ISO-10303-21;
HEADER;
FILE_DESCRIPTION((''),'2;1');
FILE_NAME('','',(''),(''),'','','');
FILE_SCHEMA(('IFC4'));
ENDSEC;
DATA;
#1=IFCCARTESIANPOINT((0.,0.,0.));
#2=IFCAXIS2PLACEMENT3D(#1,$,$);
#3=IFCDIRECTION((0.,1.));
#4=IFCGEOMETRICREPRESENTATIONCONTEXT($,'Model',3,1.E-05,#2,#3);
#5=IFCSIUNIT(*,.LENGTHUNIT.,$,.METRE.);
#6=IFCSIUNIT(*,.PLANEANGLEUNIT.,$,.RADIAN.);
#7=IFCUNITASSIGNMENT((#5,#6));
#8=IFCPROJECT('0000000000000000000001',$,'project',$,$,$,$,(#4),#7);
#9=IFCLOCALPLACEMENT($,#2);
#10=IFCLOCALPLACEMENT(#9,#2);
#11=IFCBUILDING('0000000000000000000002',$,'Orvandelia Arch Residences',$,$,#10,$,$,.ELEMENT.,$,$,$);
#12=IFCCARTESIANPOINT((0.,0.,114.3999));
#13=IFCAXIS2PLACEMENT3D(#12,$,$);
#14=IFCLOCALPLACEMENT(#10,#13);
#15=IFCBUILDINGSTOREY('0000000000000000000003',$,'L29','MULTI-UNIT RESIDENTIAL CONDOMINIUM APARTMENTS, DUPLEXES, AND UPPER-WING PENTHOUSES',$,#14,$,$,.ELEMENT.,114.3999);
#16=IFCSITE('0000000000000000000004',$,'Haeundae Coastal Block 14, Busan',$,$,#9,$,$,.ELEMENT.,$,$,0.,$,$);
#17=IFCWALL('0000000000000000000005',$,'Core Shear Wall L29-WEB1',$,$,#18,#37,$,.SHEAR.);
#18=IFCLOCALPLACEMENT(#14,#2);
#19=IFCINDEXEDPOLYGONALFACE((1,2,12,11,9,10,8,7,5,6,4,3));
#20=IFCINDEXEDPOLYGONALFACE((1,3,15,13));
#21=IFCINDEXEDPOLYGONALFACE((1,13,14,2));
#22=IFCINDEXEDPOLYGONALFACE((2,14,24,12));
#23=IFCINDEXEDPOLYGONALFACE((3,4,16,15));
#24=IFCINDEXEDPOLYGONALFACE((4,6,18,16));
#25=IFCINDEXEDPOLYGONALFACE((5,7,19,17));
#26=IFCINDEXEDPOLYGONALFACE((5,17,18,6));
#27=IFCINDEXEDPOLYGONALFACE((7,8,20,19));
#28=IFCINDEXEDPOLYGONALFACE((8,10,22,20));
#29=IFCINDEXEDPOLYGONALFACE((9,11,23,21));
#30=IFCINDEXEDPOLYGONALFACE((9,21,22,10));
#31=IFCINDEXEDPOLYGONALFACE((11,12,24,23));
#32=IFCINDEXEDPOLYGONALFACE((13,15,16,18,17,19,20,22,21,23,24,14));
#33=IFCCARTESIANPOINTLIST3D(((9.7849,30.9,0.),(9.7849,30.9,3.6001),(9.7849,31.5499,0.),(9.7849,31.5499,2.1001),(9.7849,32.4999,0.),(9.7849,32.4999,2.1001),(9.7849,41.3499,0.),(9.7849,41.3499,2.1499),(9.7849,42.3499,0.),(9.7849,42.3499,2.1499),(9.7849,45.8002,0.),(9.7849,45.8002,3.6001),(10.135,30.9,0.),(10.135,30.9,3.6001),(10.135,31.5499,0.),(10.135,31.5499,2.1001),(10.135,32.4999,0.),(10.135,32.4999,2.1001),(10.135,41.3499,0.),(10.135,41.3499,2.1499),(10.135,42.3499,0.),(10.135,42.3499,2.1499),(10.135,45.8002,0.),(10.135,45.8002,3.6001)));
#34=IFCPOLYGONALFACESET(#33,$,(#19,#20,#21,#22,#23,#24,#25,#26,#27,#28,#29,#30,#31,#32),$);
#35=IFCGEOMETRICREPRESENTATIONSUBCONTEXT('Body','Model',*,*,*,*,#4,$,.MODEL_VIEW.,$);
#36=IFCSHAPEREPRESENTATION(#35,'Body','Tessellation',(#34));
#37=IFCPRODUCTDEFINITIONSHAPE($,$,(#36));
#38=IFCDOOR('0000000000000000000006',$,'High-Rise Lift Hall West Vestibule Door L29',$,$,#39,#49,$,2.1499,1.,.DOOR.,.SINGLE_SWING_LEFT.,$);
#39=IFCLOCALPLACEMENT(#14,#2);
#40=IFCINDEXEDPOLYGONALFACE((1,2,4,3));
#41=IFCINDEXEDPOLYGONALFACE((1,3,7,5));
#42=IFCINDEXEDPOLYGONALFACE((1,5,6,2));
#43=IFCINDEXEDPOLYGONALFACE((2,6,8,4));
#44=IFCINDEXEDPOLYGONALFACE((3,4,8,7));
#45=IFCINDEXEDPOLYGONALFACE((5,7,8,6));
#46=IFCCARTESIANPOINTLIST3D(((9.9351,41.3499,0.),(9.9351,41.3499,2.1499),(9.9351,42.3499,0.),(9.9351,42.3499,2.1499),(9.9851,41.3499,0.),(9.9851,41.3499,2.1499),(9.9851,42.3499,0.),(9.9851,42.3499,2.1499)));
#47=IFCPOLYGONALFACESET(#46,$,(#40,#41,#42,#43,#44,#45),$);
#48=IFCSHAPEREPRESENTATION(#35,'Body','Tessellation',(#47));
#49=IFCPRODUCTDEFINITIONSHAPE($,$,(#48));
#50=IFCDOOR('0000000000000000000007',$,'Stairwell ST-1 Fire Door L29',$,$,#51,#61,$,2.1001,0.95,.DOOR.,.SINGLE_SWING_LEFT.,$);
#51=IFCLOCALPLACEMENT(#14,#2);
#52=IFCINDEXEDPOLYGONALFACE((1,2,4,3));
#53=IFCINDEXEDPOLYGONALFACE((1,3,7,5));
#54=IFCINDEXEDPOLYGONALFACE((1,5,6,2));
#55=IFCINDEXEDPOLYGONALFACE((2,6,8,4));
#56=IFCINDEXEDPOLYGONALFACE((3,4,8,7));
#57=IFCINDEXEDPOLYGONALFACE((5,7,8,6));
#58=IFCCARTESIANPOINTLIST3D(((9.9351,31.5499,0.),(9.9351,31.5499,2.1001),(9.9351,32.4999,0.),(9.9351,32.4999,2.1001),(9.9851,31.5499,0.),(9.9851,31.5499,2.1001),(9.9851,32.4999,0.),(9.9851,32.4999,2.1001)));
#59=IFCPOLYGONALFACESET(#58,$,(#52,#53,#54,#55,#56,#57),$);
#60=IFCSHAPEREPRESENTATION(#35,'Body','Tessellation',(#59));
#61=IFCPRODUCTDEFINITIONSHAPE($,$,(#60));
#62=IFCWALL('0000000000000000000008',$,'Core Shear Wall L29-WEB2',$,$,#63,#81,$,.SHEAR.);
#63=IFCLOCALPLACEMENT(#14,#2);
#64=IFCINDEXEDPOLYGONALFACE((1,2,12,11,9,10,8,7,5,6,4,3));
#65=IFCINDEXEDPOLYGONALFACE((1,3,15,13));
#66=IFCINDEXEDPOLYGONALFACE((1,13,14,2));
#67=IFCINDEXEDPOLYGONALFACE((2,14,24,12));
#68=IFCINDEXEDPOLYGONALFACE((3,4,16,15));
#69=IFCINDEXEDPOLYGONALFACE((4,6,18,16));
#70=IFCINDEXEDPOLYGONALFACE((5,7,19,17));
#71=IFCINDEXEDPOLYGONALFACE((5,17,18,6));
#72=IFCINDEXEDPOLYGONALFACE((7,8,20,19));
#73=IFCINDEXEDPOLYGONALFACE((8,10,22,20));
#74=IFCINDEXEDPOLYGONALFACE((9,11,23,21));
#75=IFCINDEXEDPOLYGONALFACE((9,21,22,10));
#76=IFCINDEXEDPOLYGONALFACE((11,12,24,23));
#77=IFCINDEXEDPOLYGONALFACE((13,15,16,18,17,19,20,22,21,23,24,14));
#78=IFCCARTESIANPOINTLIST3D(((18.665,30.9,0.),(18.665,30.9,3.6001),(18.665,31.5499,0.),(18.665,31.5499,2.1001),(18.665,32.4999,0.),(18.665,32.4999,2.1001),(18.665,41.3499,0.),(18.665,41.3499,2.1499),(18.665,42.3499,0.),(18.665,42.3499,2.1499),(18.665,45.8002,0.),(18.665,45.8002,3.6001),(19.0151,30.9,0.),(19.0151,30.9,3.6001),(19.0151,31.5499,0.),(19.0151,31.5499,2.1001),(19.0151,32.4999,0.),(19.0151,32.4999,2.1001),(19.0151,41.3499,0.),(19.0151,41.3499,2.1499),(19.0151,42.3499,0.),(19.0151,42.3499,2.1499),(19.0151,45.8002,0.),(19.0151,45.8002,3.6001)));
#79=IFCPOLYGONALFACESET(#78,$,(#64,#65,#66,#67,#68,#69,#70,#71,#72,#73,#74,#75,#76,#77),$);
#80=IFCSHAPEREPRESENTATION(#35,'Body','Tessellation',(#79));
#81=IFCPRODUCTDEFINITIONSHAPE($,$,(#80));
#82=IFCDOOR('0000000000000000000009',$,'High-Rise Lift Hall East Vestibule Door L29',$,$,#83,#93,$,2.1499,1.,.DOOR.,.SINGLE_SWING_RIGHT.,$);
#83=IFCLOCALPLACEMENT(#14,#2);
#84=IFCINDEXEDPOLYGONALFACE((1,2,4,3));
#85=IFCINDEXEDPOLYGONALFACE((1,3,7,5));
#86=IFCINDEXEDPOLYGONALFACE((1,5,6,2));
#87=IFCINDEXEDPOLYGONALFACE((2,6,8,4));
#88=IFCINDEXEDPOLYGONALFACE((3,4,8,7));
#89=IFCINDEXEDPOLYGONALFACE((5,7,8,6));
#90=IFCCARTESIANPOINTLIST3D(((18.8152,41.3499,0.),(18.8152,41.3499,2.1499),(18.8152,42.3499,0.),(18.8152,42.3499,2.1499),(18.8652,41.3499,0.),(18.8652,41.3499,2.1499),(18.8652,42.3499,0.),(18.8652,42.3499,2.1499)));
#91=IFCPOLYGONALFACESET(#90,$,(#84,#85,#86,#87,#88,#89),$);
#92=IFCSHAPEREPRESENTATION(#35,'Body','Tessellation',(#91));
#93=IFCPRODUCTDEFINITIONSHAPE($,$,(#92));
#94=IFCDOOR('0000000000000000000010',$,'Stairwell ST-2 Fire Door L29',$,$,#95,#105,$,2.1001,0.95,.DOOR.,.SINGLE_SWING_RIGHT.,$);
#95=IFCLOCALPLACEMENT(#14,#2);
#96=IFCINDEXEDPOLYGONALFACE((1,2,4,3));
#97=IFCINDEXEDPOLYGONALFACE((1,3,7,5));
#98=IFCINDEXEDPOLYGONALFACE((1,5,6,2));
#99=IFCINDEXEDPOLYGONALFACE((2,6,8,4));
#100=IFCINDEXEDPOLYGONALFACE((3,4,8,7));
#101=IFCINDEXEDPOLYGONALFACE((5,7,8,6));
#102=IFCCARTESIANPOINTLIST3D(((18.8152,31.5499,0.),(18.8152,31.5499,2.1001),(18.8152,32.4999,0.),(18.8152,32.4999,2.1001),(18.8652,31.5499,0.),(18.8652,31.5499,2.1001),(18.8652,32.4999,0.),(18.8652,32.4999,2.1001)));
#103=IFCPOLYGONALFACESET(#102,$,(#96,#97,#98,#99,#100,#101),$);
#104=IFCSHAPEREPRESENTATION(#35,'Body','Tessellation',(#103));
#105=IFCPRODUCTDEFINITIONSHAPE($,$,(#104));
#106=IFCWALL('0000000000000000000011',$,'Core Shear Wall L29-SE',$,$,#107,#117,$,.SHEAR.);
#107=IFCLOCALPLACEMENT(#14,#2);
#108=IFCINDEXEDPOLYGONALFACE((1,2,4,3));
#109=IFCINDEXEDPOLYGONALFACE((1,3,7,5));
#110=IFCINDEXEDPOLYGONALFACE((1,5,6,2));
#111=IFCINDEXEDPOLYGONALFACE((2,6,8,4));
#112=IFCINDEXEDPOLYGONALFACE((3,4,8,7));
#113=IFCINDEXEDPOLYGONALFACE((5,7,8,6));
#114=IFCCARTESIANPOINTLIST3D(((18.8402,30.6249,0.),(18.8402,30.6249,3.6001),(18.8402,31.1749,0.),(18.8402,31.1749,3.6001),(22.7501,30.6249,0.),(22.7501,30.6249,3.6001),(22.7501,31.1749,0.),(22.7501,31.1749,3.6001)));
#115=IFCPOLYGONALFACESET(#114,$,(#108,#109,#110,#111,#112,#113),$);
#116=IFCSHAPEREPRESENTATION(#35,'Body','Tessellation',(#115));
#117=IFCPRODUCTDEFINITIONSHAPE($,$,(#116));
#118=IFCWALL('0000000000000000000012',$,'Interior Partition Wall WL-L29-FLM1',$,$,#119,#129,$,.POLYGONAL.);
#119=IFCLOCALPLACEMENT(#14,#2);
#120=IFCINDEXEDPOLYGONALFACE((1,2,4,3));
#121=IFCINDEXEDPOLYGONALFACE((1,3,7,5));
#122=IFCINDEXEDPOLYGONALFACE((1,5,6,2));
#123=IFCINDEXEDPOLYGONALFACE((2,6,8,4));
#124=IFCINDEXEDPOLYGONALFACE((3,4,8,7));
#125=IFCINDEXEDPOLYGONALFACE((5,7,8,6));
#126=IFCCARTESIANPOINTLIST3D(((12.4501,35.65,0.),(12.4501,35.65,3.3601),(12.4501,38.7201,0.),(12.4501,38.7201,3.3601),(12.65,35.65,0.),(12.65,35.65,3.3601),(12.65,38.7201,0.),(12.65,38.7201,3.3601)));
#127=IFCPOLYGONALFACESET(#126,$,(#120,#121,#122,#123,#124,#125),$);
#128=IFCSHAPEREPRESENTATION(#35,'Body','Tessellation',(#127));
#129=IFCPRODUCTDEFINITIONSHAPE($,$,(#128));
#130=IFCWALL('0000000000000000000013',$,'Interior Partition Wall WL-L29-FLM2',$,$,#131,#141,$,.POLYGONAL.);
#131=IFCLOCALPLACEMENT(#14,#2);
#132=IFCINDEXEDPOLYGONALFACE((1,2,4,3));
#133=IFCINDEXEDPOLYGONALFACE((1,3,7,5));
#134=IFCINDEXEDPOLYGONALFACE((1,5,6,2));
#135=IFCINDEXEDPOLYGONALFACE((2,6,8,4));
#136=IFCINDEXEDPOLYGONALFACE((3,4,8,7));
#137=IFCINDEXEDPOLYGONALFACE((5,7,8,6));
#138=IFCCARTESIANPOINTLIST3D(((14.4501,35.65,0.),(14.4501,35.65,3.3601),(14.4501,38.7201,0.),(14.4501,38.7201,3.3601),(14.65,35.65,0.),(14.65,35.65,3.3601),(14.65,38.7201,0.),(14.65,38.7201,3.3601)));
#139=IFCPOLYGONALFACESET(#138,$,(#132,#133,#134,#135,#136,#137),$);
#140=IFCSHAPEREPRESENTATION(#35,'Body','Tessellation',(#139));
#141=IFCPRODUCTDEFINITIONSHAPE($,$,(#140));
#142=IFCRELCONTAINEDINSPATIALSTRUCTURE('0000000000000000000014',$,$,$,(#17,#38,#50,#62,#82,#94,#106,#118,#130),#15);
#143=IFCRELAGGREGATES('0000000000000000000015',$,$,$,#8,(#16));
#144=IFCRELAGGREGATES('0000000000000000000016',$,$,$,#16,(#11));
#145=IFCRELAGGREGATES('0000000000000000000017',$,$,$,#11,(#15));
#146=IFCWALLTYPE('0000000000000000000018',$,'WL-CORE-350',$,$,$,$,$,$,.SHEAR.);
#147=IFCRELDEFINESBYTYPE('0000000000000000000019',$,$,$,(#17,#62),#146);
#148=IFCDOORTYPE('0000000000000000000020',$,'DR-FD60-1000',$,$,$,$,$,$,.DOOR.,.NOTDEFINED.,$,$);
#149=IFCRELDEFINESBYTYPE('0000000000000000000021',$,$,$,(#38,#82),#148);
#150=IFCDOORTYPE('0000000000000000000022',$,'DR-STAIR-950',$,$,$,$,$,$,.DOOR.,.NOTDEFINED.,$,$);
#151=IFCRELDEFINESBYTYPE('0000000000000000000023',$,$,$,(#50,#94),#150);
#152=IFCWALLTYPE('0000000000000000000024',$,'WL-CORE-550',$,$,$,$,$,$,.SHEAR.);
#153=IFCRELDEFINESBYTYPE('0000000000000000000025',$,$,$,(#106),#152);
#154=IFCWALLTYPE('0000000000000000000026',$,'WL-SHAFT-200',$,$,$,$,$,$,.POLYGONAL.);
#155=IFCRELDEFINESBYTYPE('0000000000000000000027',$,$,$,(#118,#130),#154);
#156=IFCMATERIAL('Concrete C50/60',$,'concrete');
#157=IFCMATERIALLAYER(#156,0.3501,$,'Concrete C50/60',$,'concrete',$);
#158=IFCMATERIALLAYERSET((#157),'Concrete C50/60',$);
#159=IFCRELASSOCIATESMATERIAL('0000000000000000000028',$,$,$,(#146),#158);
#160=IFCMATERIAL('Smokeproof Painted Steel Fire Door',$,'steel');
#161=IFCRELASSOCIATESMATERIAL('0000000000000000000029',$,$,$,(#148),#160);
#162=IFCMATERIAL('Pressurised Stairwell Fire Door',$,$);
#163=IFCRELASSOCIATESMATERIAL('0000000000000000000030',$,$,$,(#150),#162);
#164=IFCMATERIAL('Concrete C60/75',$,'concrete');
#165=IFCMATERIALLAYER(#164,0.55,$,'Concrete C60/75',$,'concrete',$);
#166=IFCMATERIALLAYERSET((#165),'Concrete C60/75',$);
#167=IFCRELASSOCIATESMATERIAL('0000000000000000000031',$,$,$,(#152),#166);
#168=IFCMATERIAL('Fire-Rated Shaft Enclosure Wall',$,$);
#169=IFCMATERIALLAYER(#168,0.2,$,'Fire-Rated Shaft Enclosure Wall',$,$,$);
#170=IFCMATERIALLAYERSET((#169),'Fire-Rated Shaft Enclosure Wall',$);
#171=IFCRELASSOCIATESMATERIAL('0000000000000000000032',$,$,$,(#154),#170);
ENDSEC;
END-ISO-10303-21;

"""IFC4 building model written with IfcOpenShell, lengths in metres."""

from ifc_helpers import new_model, si_unit, direction, frame, frame_2d, origin, place, context, subcontext, project, spatial, rectangle, extrude, material, layer, layer_set, type_object, element, fill, save


model = new_model("IFC4")

# Units and contexts
model_context = context("Model", 3, precision=1e-05, world=origin(), true_north=direction((0.0, 1.0)))
body_context = subcontext(model_context, "Body", "Model", "MODEL_VIEW")
ifc_project = project(units=[si_unit("LENGTHUNIT", "METRE"), si_unit("PLANEANGLEUNIT", "RADIAN")], contexts=[model_context])

# Site, building, storey
site_placement = place(None, origin())
site = spatial("IfcSite", under=ifc_project, at=site_placement, Name="Haeundae Coastal Block 14, Busan", CompositionType="ELEMENT", RefElevation=0.0)
building_placement = place(site_placement, origin())
building = spatial("IfcBuilding", under=site, at=building_placement, Name="Orvandelia Arch Residences", CompositionType="ELEMENT")
storey_placement = place(building_placement, frame((0.0, 0.0, 114.3999)))
storey = spatial("IfcBuildingStorey", under=building, at=storey_placement, Name="L29", Description="MULTI-UNIT RESIDENTIAL CONDOMINIUM APARTMENTS, DUPLEXES, AND UPPER-WING PENTHOUSES", CompositionType="ELEMENT", Elevation=114.3999)

# Walls, openings, doors
ifc_material_1 = material(Name="Concrete C50/60", Category="concrete")
ifc_layer_1 = layer(ifc_material_1, 0.3501, Name="Concrete C50/60", Category="concrete")
ifc_layer_set_1 = layer_set([ifc_layer_1], Name="Concrete C50/60")
wall_type_1 = type_object("IfcWallType", Name="WL-CORE-350", PredefinedType="SHEAR", material=ifc_layer_set_1)
wall_1_placement = place(storey_placement, frame((9.96, 30.8999, 0.0), z_axis=(0.0, 0.0, 1.0), x_axis=(0.0, 1.0, 0.0)))
wall_1 = element("IfcWall", 1, at=wall_1_placement, inside=storey, type_object=wall_type_1, Name="Core Shear Wall L29-WEB1", PredefinedType="SHEAR", context=body_context, shape_type="SweptSolid", body=[
    extrude(rectangle(XDim=14.9001, YDim=0.3501, at=frame_2d((7.4502, 0.0))), origin(), (0.0, 0.0, 1.0), 3.6001),
])
opening_1_placement = place(wall_1_placement, frame((0.6499, 0.0, 0.0)))
opening_1 = element("IfcOpeningElement", 2, at=opening_1_placement, cuts=wall_1, PredefinedType="OPENING", context=body_context, shape_type="SweptSolid", body=[
    extrude(rectangle(XDim=0.95, YDim=2.1001, at=frame_2d((0.4751, 1.05))), frame((0.0, 0.1851, 0.0), z_axis=(0.0, -1.0, 0.0), x_axis=(1.0, 0.0, 0.0)), (0.0, 0.0, 1.0), 0.3701),
])
opening_2_placement = place(wall_1_placement, frame((10.45, 0.0, 0.0)))
opening_2 = element("IfcOpeningElement", 3, at=opening_2_placement, cuts=wall_1, PredefinedType="OPENING", context=body_context, shape_type="SweptSolid", body=[
    extrude(rectangle(XDim=1.0, YDim=2.1499, at=frame_2d((0.5, 1.075))), frame((0.0, 0.1851, 0.0), z_axis=(0.0, -1.0, 0.0), x_axis=(1.0, 0.0, 0.0)), (0.0, 0.0, 1.0), 0.3701),
])
ifc_material_2 = material(Name="Smokeproof Painted Steel Fire Door", Category="steel")
door_type_1 = type_object("IfcDoorType", Name="DR-FD60-1000", OperationType="NOTDEFINED", PredefinedType="DOOR", material=ifc_material_2)
door_1_placement = place(opening_2_placement, origin())
door_1 = element("IfcDoor", 4, at=door_1_placement, inside=storey, type_object=door_type_1, Name="High-Rise Lift Hall West Vestibule Door L29", OperationType="SINGLE_SWING_LEFT", OverallHeight=2.1499, OverallWidth=1.0, PredefinedType="DOOR", context=body_context, shape_type="SweptSolid", body=[
    extrude(rectangle(XDim=1.0, YDim=2.1499, at=frame_2d((0.5, 1.075))), frame((0.0, 0.0249, 0.0), z_axis=(0.0, -1.0, 0.0), x_axis=(1.0, 0.0, 0.0)), (0.0, 0.0, 1.0), 0.05),
])
fill(opening_2, door_1)
ifc_material_3 = material(Name="Pressurised Stairwell Fire Door")
door_type_2 = type_object("IfcDoorType", Name="DR-STAIR-950", OperationType="NOTDEFINED", PredefinedType="DOOR", material=ifc_material_3)
door_2_placement = place(opening_1_placement, origin())
door_2 = element("IfcDoor", 5, at=door_2_placement, inside=storey, type_object=door_type_2, Name="Stairwell ST-1 Fire Door L29", OperationType="SINGLE_SWING_LEFT", OverallHeight=2.1001, OverallWidth=0.95, PredefinedType="DOOR", context=body_context, shape_type="SweptSolid", body=[
    extrude(rectangle(XDim=0.95, YDim=2.1001, at=frame_2d((0.4751, 1.05))), frame((0.0, 0.0249, 0.0), z_axis=(0.0, -1.0, 0.0), x_axis=(1.0, 0.0, 0.0)), (0.0, 0.0, 1.0), 0.05),
])
fill(opening_1, door_2)
wall_2_placement = place(storey_placement, frame((18.8401, 30.8999, 0.0), z_axis=(0.0, 0.0, 1.0), x_axis=(0.0, 1.0, 0.0)))
wall_2 = element("IfcWall", 6, at=wall_2_placement, inside=storey, type_object=wall_type_1, Name="Core Shear Wall L29-WEB2", PredefinedType="SHEAR", context=body_context, shape_type="SweptSolid", body=[
    extrude(rectangle(XDim=14.9001, YDim=0.3501, at=frame_2d((7.4502, 0.0))), origin(), (0.0, 0.0, 1.0), 3.6001),
])
opening_3_placement = place(wall_2_placement, frame((0.6499, 0.0, 0.0)))
opening_3 = element("IfcOpeningElement", 7, at=opening_3_placement, cuts=wall_2, PredefinedType="OPENING", context=body_context, shape_type="SweptSolid", body=[
    extrude(rectangle(XDim=0.95, YDim=2.1001, at=frame_2d((0.4751, 1.05))), frame((0.0, 0.1851, 0.0), z_axis=(0.0, -1.0, 0.0), x_axis=(1.0, 0.0, 0.0)), (0.0, 0.0, 1.0), 0.3701),
])
opening_4_placement = place(wall_2_placement, frame((10.45, 0.0, 0.0)))
opening_4 = element("IfcOpeningElement", 8, at=opening_4_placement, cuts=wall_2, PredefinedType="OPENING", context=body_context, shape_type="SweptSolid", body=[
    extrude(rectangle(XDim=1.0, YDim=2.1499, at=frame_2d((0.5, 1.075))), frame((0.0, 0.1851, 0.0), z_axis=(0.0, -1.0, 0.0), x_axis=(1.0, 0.0, 0.0)), (0.0, 0.0, 1.0), 0.3701),
])
door_3_placement = place(opening_4_placement, origin())
door_3 = element("IfcDoor", 9, at=door_3_placement, inside=storey, type_object=door_type_1, Name="High-Rise Lift Hall East Vestibule Door L29", OperationType="SINGLE_SWING_RIGHT", OverallHeight=2.1499, OverallWidth=1.0, PredefinedType="DOOR", context=body_context, shape_type="SweptSolid", body=[
    extrude(rectangle(XDim=1.0, YDim=2.1499, at=frame_2d((0.5, 1.075))), frame((0.0, 0.0249, 0.0), z_axis=(0.0, -1.0, 0.0), x_axis=(1.0, 0.0, 0.0)), (0.0, 0.0, 1.0), 0.05),
])
fill(opening_4, door_3)
door_4_placement = place(opening_3_placement, origin())
door_4 = element("IfcDoor", 10, at=door_4_placement, inside=storey, type_object=door_type_2, Name="Stairwell ST-2 Fire Door L29", OperationType="SINGLE_SWING_RIGHT", OverallHeight=2.1001, OverallWidth=0.95, PredefinedType="DOOR", context=body_context, shape_type="SweptSolid", body=[
    extrude(rectangle(XDim=0.95, YDim=2.1001, at=frame_2d((0.4751, 1.05))), frame((0.0, 0.0249, 0.0), z_axis=(0.0, -1.0, 0.0), x_axis=(1.0, 0.0, 0.0)), (0.0, 0.0, 1.0), 0.05),
])
fill(opening_3, door_4)

# Shared definitions
ifc_material_4 = material(Name="Concrete C60/75", Category="concrete")
ifc_layer_2 = layer(ifc_material_4, 0.55, Name="Concrete C60/75", Category="concrete")
ifc_layer_set_2 = layer_set([ifc_layer_2], Name="Concrete C60/75")
wall_type_2 = type_object("IfcWallType", Name="WL-CORE-550", PredefinedType="SHEAR", material=ifc_layer_set_2)

# Walls
wall_3_placement = place(storey_placement, frame((18.8401, 30.8999, 0.0), z_axis=(0.0, 0.0, 1.0), x_axis=(1.0, 0.0, 0.0)))
element("IfcWall", 11, at=wall_3_placement, inside=storey, type_object=wall_type_2, Name="Core Shear Wall L29-SE", PredefinedType="SHEAR", context=body_context, shape_type="SweptSolid", body=[
    extrude(rectangle(XDim=3.9099, YDim=0.55, at=frame_2d((1.9551, 0.0))), origin(), (0.0, 0.0, 1.0), 3.6001),
])
ifc_material_5 = material(Name="Fire-Rated Shaft Enclosure Wall")
ifc_layer_3 = layer(ifc_material_5, 0.2, Name="Fire-Rated Shaft Enclosure Wall")
ifc_layer_set_3 = layer_set([ifc_layer_3], Name="Fire-Rated Shaft Enclosure Wall")
wall_type_3 = type_object("IfcWallType", Name="WL-SHAFT-200", PredefinedType="POLYGONAL", material=ifc_layer_set_3)
for number, where, z_axis, x_axis, name in (
    (12, (12.55, 35.6499, 0.0), (0.0, 0.0, 1.0), (0.0, 1.0, 0.0), "Interior Partition Wall WL-L29-FLM1"),
    (13, (14.55, 35.6499, 0.0), (0.0, 0.0, 1.0), (0.0, 1.0, 0.0), "Interior Partition Wall WL-L29-FLM2"),
):
    element("IfcWall", number, at=place(storey_placement, frame(where, z_axis=z_axis, x_axis=x_axis)), inside=storey, type_object=wall_type_3, Name=name, PredefinedType="POLYGONAL", context=body_context, shape_type="SweptSolid", body=[
        extrude(rectangle(XDim=3.0701, YDim=0.2, at=frame_2d((1.5352, 0.0))), origin(), (0.0, 0.0, 1.0), 3.3601),
    ])

save(model, "model.ifc")
